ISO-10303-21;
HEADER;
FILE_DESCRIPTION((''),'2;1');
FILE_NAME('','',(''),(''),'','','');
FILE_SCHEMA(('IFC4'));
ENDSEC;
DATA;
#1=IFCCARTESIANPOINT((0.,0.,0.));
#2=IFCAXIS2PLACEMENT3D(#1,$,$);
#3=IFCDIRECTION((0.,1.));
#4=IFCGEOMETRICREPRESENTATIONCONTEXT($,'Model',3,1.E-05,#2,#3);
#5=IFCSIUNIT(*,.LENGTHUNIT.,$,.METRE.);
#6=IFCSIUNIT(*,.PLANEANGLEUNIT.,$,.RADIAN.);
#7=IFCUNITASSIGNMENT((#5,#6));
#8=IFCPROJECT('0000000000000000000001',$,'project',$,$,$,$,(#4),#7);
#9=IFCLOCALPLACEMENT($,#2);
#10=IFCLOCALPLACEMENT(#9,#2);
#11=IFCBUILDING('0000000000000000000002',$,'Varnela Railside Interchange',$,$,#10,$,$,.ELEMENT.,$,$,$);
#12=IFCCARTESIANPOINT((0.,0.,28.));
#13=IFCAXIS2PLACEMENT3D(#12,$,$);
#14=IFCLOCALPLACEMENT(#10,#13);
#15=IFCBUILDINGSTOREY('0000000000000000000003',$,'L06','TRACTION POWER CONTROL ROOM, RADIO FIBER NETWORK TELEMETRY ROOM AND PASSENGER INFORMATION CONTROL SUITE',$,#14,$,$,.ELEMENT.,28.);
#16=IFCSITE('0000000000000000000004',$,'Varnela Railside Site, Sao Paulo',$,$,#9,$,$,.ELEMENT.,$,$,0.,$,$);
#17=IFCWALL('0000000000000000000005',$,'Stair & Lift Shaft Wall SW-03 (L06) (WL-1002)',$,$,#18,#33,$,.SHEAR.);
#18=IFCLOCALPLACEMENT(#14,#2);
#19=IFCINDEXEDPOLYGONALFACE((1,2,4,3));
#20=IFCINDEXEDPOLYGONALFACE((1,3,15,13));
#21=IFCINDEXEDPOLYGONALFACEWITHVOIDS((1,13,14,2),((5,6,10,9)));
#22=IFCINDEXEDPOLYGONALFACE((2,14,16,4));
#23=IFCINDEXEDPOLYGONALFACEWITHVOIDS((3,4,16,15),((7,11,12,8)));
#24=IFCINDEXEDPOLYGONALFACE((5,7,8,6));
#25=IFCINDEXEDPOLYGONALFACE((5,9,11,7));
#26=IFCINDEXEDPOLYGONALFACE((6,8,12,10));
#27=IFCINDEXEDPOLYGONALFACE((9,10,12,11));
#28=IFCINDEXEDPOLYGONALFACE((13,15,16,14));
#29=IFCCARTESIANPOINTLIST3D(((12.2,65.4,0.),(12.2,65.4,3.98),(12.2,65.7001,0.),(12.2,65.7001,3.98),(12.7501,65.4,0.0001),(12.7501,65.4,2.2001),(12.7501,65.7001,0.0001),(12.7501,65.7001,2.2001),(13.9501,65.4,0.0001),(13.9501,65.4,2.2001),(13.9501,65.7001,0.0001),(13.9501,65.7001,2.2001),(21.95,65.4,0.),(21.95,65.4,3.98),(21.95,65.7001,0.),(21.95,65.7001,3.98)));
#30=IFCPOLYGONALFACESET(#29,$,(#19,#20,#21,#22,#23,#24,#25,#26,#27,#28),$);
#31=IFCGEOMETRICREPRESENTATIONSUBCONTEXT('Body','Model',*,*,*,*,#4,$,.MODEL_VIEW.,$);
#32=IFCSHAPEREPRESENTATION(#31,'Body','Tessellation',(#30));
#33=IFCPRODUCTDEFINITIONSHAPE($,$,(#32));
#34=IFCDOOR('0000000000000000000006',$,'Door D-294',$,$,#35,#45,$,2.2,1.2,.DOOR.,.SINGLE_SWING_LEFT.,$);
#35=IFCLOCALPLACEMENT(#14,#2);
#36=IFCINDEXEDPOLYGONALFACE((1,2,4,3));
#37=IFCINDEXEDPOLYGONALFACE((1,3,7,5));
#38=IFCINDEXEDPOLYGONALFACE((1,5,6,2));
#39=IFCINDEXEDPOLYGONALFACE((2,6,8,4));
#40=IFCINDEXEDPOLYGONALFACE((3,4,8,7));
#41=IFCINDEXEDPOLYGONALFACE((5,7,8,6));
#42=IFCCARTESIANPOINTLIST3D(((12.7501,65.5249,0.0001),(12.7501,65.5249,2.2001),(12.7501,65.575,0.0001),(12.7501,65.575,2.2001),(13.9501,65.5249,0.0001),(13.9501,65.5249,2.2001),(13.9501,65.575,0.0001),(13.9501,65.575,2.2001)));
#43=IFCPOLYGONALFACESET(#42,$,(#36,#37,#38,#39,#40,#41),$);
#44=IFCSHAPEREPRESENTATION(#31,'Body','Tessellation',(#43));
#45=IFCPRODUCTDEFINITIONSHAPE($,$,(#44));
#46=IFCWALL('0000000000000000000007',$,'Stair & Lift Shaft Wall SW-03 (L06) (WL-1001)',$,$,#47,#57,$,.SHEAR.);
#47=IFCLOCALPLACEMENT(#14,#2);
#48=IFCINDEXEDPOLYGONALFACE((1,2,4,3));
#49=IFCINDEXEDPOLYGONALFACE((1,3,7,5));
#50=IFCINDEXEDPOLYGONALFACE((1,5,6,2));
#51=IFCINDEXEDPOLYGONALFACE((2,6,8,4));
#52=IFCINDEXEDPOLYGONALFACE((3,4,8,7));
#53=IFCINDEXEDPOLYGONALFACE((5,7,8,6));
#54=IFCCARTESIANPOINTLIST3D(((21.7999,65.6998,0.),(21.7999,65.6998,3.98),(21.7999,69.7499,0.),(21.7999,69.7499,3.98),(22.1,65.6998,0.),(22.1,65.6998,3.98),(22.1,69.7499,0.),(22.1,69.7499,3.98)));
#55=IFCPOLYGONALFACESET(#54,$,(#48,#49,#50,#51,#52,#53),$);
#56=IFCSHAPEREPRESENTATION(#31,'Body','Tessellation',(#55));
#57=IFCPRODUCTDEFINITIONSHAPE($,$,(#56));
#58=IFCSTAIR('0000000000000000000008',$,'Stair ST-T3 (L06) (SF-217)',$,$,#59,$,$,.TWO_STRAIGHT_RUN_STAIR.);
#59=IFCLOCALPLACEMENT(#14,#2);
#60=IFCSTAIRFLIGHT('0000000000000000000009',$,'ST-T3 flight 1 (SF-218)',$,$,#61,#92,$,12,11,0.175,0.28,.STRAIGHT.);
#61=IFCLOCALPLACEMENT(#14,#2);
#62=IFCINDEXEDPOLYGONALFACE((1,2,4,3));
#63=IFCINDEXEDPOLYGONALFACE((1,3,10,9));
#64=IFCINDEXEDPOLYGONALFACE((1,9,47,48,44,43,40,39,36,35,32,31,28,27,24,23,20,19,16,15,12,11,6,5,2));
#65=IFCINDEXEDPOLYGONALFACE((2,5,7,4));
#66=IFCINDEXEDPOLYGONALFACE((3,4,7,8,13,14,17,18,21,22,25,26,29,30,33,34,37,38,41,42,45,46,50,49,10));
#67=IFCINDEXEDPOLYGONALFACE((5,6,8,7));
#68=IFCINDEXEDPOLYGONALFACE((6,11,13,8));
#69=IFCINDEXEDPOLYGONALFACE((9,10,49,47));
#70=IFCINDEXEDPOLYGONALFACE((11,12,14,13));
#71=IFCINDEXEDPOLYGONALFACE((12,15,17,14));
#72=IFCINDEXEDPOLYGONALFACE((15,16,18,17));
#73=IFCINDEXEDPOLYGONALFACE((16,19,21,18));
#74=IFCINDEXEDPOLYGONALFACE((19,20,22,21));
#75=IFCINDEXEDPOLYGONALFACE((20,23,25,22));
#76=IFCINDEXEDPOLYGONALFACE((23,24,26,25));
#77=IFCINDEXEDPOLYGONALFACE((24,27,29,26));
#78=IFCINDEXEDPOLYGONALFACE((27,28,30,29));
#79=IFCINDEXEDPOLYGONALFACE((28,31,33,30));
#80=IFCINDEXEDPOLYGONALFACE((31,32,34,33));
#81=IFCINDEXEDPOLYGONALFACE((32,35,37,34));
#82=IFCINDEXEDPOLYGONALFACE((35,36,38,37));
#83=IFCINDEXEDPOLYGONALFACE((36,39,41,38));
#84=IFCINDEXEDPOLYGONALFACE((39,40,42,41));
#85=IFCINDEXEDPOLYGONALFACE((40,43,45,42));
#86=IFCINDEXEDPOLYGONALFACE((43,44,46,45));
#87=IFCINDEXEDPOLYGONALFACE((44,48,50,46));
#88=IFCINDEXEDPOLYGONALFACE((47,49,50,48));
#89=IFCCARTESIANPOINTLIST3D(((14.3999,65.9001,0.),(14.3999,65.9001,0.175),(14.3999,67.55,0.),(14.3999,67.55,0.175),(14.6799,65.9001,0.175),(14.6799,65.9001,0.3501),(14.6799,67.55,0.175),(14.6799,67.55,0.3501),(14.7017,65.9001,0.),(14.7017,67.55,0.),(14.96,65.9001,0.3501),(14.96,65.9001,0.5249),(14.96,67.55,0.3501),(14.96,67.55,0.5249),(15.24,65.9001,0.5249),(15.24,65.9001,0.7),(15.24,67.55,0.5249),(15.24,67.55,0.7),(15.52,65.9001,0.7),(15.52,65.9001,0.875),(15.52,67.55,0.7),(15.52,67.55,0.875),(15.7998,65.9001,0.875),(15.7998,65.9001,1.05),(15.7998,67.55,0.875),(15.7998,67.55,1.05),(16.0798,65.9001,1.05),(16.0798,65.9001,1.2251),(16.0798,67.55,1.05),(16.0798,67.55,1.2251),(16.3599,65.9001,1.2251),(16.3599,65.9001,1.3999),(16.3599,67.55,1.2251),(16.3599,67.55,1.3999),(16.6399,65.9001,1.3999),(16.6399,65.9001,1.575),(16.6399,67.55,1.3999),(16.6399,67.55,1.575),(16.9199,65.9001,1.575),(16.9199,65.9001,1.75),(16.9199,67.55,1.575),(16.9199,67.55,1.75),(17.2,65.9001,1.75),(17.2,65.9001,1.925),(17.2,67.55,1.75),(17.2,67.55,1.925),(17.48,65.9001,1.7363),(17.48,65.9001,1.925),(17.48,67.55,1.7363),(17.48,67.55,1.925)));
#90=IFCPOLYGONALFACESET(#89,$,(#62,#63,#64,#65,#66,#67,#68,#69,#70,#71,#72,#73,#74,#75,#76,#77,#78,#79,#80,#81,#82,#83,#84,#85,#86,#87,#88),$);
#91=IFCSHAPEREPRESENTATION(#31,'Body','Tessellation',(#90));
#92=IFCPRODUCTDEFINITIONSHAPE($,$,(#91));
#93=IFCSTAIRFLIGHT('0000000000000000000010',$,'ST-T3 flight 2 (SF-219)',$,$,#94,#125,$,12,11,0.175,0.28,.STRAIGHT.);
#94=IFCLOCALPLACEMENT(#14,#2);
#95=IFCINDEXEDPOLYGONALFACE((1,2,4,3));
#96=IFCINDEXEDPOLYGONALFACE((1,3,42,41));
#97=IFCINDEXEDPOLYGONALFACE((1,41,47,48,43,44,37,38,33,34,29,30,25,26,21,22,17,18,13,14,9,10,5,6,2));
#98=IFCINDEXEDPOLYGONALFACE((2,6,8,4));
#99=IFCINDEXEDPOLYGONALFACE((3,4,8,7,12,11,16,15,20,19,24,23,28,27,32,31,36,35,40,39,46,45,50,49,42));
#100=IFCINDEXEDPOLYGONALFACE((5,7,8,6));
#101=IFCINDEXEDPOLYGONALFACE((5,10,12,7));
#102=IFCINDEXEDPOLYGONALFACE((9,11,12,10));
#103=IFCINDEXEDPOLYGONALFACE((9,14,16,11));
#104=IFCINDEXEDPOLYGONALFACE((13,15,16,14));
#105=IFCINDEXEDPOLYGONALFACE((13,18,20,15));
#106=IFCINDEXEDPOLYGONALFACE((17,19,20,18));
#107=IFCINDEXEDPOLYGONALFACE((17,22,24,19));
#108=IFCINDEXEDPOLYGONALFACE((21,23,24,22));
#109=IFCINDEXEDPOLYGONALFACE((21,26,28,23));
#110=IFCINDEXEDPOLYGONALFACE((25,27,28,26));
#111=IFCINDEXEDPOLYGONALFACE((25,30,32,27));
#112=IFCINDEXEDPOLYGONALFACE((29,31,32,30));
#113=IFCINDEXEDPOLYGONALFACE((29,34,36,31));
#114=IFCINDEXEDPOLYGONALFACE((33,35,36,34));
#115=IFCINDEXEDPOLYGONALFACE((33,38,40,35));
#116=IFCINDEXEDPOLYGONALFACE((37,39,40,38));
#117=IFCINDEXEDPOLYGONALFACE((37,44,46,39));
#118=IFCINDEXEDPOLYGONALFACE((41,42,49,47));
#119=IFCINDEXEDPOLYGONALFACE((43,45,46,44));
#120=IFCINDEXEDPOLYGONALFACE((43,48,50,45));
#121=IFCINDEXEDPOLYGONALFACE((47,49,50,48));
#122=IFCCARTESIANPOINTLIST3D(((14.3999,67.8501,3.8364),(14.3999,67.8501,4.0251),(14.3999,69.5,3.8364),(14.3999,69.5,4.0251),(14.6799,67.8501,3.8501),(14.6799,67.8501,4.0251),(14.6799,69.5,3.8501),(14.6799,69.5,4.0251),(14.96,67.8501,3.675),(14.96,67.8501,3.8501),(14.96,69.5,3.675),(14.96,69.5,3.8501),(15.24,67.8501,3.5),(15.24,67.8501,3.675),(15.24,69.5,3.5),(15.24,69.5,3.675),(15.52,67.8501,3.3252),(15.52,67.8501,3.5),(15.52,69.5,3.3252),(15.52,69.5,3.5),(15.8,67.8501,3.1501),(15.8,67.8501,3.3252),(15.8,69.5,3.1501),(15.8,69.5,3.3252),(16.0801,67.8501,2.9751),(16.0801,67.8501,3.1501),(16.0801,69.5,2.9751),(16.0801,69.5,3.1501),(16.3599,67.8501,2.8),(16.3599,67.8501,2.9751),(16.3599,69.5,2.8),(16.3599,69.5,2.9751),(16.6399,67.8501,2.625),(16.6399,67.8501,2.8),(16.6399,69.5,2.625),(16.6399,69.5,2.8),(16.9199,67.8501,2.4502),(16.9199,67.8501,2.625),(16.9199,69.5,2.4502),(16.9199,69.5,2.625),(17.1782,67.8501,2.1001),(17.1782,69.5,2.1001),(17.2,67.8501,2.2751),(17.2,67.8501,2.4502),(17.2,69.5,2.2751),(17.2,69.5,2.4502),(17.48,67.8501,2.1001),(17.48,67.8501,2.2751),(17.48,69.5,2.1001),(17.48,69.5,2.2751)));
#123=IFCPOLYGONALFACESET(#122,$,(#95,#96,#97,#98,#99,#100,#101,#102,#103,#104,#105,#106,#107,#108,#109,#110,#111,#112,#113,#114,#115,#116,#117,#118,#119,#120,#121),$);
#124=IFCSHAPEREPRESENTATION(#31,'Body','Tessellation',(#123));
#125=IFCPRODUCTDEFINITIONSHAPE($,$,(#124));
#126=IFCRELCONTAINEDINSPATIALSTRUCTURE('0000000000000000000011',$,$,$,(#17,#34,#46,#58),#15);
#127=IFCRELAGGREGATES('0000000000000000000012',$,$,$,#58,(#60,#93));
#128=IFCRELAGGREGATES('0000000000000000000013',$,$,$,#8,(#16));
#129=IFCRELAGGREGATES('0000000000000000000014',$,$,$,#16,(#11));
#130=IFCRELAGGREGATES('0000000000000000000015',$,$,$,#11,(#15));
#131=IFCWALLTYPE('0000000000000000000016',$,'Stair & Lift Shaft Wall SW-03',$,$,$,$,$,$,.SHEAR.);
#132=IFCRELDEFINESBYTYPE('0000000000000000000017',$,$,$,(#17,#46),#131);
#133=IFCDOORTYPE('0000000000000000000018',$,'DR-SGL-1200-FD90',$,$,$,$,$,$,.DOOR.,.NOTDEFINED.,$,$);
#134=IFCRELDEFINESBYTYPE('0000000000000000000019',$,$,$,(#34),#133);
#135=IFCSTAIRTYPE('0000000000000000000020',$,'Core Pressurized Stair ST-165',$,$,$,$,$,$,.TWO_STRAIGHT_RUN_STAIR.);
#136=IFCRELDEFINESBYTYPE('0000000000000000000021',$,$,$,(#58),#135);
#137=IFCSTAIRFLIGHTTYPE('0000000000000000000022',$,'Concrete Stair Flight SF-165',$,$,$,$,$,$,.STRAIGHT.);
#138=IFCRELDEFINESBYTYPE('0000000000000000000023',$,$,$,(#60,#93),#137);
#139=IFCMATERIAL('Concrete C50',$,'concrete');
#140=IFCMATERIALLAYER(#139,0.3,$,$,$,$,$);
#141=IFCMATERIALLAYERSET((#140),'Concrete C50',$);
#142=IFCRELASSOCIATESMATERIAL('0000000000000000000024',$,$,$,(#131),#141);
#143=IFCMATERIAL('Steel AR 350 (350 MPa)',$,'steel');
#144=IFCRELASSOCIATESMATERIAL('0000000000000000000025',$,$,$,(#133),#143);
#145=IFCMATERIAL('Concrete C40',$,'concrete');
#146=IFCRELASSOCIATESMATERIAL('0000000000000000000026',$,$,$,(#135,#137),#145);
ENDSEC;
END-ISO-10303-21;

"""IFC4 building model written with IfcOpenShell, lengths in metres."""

from ifc_helpers import new_model, si_unit, direction, frame, frame_2d, origin, place, context, subcontext, project, spatial, polyline, rectangle, outline, extrude, material, layer, layer_set, type_object, element, fill, aggregate, save


model = new_model("IFC4")

# Units and contexts
model_context = context("Model", 3, precision=1e-05, world=origin(), true_north=direction((0.0, 1.0)))
body_context = subcontext(model_context, "Body", "Model", "MODEL_VIEW")
ifc_project = project(units=[si_unit("LENGTHUNIT", "METRE"), si_unit("PLANEANGLEUNIT", "RADIAN")], contexts=[model_context])

# Site, building, storey
site_placement = place(None, origin())
site = spatial("IfcSite", under=ifc_project, at=site_placement, Name="Varnela Railside Site, Sao Paulo", CompositionType="ELEMENT", RefElevation=0.0)
building_placement = place(site_placement, origin())
building = spatial("IfcBuilding", under=site, at=building_placement, Name="Varnela Railside Interchange", CompositionType="ELEMENT")
storey_placement = place(building_placement, frame((0.0, 0.0, 28.0)))
storey = spatial("IfcBuildingStorey", under=building, at=storey_placement, Name="L06", Description="TRACTION POWER CONTROL ROOM, RADIO FIBER NETWORK TELEMETRY ROOM AND PASSENGER INFORMATION CONTROL SUITE", CompositionType="ELEMENT", Elevation=28.0)

# Shared definitions
ifc_material_1 = material(Name="Steel AR 350 (350 MPa)", Category="steel")

# Shared definitions
ifc_material_2 = material(Name="Concrete C40", Category="concrete")

# Shared definitions
ifc_material_3 = material(Name="Concrete C50", Category="concrete")

# Wall, opening, door
ifc_layer_1 = layer(ifc_material_3, 0.3)
ifc_layer_set_1 = layer_set([ifc_layer_1], Name="Concrete C50")
wall_type_1 = type_object("IfcWallType", Name="Stair & Lift Shaft Wall SW-03", PredefinedType="SHEAR", material=ifc_layer_set_1)
wall_1_placement = place(storey_placement, frame((12.2, 65.55, 0.0), z_axis=(0.0, 0.0, 1.0), x_axis=(1.0, 0.0, 0.0)))
wall_1 = element("IfcWall", 1, at=wall_1_placement, inside=storey, type_object=wall_type_1, Name="Stair & Lift Shaft Wall SW-03 (L06) (WL-1002)", PredefinedType="SHEAR", context=body_context, shape_type="SweptSolid", body=[
    extrude(rectangle(XDim=9.75, YDim=0.3, at=frame_2d((4.875, 0.0))), origin(), (0.0, 0.0, 1.0), 3.98),
])
opening_1_placement = place(wall_1_placement, frame((0.55, 0.0, 0.0)))
opening_1 = element("IfcOpeningElement", 2, at=opening_1_placement, cuts=wall_1, PredefinedType="OPENING", context=body_context, shape_type="SweptSolid", body=[
    extrude(rectangle(XDim=1.2, YDim=2.2, at=frame_2d((0.6001, 1.1001))), frame((0.0, 0.1599, 0.0), z_axis=(0.0, -1.0, 0.0), x_axis=(1.0, 0.0, 0.0)), (0.0, 0.0, 1.0), 0.3201),
])
door_type_1 = type_object("IfcDoorType", Name="DR-SGL-1200-FD90", OperationType="NOTDEFINED", PredefinedType="DOOR", material=ifc_material_1)
door_1_placement = place(opening_1_placement, origin())
door_1 = element("IfcDoor", 3, at=door_1_placement, inside=storey, type_object=door_type_1, Name="Door D-294", OperationType="SINGLE_SWING_LEFT", OverallHeight=2.2, OverallWidth=1.2, PredefinedType="DOOR", context=body_context, shape_type="SweptSolid", body=[
    extrude(rectangle(XDim=1.2, YDim=2.2, at=frame_2d((0.6001, 1.1001))), frame((0.0, 0.0249, 0.0), z_axis=(0.0, -1.0, 0.0), x_axis=(1.0, 0.0, 0.0)), (0.0, 0.0, 1.0), 0.05),
])
fill(opening_1, door_1)

# Wall
wall_2_placement = place(storey_placement, frame((21.95, 65.7, 0.0), z_axis=(0.0, 0.0, 1.0), x_axis=(0.0, 1.0, 0.0)))
element("IfcWall", 4, at=wall_2_placement, inside=storey, type_object=wall_type_1, Name="Stair & Lift Shaft Wall SW-03 (L06) (WL-1001)", PredefinedType="SHEAR", context=body_context, shape_type="SweptSolid", body=[
    extrude(rectangle(XDim=4.05, YDim=0.3, at=frame_2d((2.0249, 0.0))), origin(), (0.0, 0.0, 1.0), 3.98),
])

# Stair, stair flights
stair_type = type_object("IfcStairType", Name="Core Pressurized Stair ST-165", PredefinedType="TWO_STRAIGHT_RUN_STAIR", material=ifc_material_2)
stair_placement = place(storey_placement, origin())
stair = element("IfcStair", 5, at=stair_placement, inside=storey, type_object=stair_type, Name="Stair ST-T3 (L06) (SF-217)", PredefinedType="TWO_STRAIGHT_RUN_STAIR")
stair_flight_type = type_object("IfcStairFlightType", Name="Concrete Stair Flight SF-165", PredefinedType="STRAIGHT", material=ifc_material_2)
stair_flight_1_placement = place(storey_placement, frame((14.3999, 66.7251, 0.0), z_axis=(0.0, 0.0, 1.0), x_axis=(1.0, 0.0, 0.0)))
stair_flight_1 = element("IfcStairFlight", 6, at=stair_flight_1_placement, type_object=stair_flight_type, Name="ST-T3 flight 1 (SF-218)", NumberOfRisers=12, NumberOfTreads=11, PredefinedType="STRAIGHT", RiserHeight=0.175, TreadLength=0.28, context=body_context, shape_type="SweptSolid", body=[
    extrude(outline(polyline([(0.0, 0.0), (0.0, 0.175), (0.28, 0.175), (0.28, 0.3501), (0.5601, 0.3501), (0.5601, 0.5249), (0.8401, 0.5249), (0.8401, 0.7), (1.1201, 0.7), (1.1201, 0.875), (1.3999, 0.875), (1.3999, 1.05), (1.6799, 1.05), (1.6799, 1.2251), (1.96, 1.2251), (1.96, 1.3999), (2.24, 1.3999), (2.24, 1.575), (2.52, 1.575), (2.52, 1.75), (2.8, 1.75), (2.8, 1.925), (3.0801, 1.925), (3.0801, 2.1001), (3.0801, 1.7363), (0.3018, 0.0), (0.0, 0.0)])), frame((0.0, 0.825, 0.0), z_axis=(0.0, -1.0, 0.0), x_axis=(1.0, 0.0, 0.0)), (0.0, 0.0, 1.0), 1.6499),
])
stair_flight_2_placement = place(storey_placement, frame((17.48, 68.675, 2.1001), z_axis=(0.0, 0.0, 1.0), x_axis=(-1.0, 0.0, 0.0)))
stair_flight_2 = element("IfcStairFlight", 7, at=stair_flight_2_placement, type_object=stair_flight_type, Name="ST-T3 flight 2 (SF-219)", NumberOfRisers=12, NumberOfTreads=11, PredefinedType="STRAIGHT", RiserHeight=0.175, TreadLength=0.28, context=body_context, shape_type="SweptSolid", body=[
    extrude(outline(polyline([(0.0, 0.0), (0.0, 0.175), (0.28, 0.175), (0.28, 0.3501), (0.5601, 0.3501), (0.5601, 0.5249), (0.8401, 0.5249), (0.8401, 0.7), (1.1201, 0.7), (1.1201, 0.875), (1.3999, 0.875), (1.3999, 1.05), (1.6799, 1.05), (1.6799, 1.2251), (1.96, 1.2251), (1.96, 1.3999), (2.24, 1.3999), (2.24, 1.575), (2.52, 1.575), (2.52, 1.75), (2.8, 1.75), (2.8, 1.925), (3.0801, 1.925), (3.0801, 2.1001), (3.0801, 1.7363), (0.3018, 0.0), (0.0, 0.0)])), frame((0.0, 0.825, 0.0), z_axis=(0.0, -1.0, 0.0), x_axis=(1.0, 0.0, 0.0)), (0.0, 0.0, 1.0), 1.6499),
])
aggregate(stair, [stair_flight_1, stair_flight_2])

save(model, "model.ifc")
